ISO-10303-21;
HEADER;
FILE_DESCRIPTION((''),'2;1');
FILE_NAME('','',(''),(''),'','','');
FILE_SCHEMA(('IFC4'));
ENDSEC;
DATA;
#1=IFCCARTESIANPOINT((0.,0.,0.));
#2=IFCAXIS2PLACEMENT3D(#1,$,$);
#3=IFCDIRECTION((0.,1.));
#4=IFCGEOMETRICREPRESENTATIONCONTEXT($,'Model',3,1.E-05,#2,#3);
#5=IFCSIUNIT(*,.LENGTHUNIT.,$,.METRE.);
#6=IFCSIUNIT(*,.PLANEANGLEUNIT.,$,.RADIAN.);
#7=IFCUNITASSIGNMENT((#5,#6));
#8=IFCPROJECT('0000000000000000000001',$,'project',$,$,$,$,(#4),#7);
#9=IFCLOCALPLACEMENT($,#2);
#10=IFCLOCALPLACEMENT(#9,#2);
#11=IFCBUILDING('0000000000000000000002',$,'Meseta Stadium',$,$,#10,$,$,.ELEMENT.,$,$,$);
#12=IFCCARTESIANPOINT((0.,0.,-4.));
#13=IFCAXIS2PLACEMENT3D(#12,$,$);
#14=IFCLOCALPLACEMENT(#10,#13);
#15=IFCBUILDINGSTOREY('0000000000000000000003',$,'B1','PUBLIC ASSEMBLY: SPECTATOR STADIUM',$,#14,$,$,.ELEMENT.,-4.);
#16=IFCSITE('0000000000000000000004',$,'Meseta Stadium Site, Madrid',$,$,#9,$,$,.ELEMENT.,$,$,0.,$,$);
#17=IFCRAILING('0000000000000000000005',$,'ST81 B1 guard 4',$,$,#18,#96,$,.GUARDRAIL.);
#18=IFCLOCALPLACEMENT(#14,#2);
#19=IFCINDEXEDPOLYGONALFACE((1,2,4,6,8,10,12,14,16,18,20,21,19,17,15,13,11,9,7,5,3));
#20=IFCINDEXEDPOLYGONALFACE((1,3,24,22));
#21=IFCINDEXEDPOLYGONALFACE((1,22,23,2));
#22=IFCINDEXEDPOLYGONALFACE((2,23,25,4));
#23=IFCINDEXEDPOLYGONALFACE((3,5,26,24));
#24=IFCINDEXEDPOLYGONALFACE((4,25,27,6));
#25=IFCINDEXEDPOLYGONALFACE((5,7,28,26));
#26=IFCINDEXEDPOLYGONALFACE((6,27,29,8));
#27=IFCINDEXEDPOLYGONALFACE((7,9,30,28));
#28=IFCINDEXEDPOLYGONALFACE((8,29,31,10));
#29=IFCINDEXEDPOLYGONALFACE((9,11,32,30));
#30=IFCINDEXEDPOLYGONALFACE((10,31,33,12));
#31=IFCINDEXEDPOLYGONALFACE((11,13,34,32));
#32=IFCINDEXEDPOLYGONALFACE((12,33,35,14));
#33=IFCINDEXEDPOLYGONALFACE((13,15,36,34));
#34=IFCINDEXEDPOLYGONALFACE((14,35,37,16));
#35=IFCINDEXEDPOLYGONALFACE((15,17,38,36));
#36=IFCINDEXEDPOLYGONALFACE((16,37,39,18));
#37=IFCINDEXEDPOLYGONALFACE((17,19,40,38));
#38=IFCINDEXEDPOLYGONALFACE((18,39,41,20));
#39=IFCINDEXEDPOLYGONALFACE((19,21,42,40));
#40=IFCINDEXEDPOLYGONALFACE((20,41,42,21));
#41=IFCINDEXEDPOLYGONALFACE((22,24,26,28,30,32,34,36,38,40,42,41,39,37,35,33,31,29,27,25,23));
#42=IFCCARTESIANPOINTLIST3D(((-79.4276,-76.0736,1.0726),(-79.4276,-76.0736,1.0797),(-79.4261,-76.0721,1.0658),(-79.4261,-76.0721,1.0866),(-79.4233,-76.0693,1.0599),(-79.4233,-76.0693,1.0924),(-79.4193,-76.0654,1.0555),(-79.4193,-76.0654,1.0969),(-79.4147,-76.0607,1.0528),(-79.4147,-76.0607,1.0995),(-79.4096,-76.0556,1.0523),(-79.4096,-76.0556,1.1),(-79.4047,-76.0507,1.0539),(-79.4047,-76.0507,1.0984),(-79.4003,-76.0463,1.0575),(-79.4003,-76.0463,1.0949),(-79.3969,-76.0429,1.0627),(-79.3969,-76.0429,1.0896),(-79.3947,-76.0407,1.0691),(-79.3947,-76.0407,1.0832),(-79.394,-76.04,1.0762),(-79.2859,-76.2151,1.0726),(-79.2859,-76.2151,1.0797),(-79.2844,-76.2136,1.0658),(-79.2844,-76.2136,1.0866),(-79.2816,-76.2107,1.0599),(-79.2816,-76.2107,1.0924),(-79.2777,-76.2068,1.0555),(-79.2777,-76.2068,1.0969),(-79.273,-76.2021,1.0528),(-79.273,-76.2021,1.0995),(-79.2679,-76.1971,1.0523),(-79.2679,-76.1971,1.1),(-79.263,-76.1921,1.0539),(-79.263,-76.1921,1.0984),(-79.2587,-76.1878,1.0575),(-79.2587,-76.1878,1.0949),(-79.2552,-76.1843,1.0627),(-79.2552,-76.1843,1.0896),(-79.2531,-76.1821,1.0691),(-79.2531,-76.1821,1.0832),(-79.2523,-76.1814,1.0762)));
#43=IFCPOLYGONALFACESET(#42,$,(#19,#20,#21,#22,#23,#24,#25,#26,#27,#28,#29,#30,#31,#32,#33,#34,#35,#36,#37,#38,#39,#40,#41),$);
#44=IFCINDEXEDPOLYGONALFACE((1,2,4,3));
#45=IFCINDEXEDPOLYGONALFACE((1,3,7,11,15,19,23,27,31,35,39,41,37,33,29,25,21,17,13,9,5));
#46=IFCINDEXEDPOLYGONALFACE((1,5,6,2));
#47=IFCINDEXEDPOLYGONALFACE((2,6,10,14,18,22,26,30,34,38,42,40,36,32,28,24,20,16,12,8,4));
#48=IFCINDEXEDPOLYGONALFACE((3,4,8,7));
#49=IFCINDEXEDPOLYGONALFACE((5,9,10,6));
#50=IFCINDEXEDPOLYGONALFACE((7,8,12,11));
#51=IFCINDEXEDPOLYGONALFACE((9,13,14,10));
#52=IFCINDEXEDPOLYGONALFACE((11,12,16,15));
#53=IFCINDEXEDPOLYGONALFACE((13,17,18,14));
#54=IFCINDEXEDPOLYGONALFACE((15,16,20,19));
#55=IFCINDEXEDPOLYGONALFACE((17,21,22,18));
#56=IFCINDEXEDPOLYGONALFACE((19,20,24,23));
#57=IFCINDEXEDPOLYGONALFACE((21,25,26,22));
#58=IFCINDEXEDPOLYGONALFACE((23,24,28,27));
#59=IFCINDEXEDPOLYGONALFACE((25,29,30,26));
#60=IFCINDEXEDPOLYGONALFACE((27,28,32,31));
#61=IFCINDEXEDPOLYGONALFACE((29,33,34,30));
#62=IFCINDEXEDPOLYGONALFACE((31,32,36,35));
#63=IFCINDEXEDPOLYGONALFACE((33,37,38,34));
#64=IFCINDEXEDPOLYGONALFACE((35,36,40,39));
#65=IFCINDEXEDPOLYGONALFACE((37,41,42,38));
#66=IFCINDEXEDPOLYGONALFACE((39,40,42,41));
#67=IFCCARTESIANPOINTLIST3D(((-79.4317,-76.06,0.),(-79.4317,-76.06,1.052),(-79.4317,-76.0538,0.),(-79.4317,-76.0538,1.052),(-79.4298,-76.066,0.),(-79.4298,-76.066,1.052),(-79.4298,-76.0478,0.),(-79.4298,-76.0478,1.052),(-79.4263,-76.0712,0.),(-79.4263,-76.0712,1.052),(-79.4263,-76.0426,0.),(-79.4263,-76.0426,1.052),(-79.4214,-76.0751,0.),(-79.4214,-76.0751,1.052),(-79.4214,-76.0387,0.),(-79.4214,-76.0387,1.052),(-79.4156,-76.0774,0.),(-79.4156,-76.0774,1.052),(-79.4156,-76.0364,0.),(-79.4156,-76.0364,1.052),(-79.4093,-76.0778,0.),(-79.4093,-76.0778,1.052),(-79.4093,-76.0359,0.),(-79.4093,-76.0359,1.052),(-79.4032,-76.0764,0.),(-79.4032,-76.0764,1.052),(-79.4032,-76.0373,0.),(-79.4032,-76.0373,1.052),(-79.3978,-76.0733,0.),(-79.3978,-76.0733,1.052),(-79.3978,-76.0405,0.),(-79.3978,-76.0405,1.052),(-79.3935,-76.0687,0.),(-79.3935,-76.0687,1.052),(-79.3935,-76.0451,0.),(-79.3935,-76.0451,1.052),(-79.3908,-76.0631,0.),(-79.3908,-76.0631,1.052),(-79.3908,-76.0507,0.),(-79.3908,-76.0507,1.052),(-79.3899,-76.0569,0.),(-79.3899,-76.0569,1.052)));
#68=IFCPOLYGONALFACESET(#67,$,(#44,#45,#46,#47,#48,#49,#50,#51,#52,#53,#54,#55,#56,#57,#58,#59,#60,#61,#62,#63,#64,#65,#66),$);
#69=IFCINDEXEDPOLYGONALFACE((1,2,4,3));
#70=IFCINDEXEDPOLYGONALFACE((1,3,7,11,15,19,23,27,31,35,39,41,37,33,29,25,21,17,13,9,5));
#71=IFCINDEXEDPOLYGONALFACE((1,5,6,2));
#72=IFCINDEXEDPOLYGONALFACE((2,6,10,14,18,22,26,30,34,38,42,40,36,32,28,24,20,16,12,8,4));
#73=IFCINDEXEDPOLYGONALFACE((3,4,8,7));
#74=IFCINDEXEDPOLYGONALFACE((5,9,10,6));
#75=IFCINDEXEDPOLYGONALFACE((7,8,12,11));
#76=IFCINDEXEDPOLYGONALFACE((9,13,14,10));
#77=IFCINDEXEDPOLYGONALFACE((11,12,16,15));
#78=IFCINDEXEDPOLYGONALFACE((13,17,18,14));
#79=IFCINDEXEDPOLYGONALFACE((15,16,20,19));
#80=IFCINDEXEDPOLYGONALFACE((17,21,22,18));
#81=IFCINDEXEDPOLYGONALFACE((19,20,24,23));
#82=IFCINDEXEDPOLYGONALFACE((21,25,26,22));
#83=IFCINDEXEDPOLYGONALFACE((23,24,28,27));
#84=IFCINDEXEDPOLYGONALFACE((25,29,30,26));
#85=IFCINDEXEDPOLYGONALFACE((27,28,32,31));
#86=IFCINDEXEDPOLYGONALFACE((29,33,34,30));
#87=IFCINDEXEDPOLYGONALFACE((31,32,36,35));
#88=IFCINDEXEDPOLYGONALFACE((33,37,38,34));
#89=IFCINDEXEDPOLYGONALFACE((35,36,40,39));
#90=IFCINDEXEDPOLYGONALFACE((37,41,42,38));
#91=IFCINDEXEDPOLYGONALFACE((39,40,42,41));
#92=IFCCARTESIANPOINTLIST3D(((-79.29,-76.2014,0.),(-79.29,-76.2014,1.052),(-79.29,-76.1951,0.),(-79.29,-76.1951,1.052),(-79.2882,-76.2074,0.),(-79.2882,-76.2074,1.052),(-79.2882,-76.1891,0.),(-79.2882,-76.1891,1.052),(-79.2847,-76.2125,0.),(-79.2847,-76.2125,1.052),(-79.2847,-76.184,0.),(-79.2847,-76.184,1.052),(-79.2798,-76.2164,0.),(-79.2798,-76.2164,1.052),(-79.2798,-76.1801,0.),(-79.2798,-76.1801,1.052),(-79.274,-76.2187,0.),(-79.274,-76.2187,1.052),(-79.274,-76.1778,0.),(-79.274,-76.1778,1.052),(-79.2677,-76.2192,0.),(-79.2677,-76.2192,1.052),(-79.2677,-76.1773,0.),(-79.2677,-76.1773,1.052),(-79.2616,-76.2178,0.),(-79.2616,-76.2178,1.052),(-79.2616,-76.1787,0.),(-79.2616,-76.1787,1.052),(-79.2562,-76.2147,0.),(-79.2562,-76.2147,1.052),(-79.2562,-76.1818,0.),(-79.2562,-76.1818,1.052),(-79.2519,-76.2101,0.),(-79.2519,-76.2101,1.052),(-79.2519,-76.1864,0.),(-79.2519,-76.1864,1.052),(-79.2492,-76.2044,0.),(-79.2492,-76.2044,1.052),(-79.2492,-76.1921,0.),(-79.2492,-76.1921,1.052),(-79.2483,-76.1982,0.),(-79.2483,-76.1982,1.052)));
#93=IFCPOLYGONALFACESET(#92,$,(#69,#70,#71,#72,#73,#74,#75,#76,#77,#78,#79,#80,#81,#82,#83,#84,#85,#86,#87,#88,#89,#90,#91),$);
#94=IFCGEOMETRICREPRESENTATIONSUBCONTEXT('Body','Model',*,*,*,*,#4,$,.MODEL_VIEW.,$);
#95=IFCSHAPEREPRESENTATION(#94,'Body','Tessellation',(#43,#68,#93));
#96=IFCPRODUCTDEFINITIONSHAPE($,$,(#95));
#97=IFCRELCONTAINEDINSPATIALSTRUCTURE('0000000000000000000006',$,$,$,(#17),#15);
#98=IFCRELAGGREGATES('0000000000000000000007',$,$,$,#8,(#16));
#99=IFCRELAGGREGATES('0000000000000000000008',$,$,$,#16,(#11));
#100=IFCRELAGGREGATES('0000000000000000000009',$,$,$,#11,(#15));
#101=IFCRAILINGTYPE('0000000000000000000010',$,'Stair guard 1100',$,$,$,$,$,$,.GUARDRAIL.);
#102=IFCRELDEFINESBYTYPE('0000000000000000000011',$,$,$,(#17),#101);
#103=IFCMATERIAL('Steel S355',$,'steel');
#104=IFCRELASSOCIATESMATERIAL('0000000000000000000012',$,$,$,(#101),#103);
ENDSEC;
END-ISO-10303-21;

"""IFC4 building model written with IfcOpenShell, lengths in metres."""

from ifc_helpers import new_model, si_unit, direction, frame, origin, origin_2d, place, context, subcontext, project, spatial, circle, extrude, material, type_object, element, save


model = new_model("IFC4")

# Units and contexts
model_context = context("Model", 3, precision=1e-05, world=origin(), true_north=direction((0.0, 1.0)))
body_context = subcontext(model_context, "Body", "Model", "MODEL_VIEW")
ifc_project = project(units=[si_unit("LENGTHUNIT", "METRE"), si_unit("PLANEANGLEUNIT", "RADIAN")], contexts=[model_context])

# Site, building, storey
site_placement = place(None, origin())
site = spatial("IfcSite", under=ifc_project, at=site_placement, Name="Meseta Stadium Site, Madrid", CompositionType="ELEMENT", RefElevation=0.0)
building_placement = place(site_placement, origin())
building = spatial("IfcBuilding", under=site, at=building_placement, Name="Meseta Stadium", CompositionType="ELEMENT")
storey_placement = place(building_placement, frame((0.0, 0.0, -4.0)))
storey = spatial("IfcBuildingStorey", under=building, at=storey_placement, Name="B1", Description="PUBLIC ASSEMBLY: SPECTATOR STADIUM", CompositionType="ELEMENT", Elevation=-4.0)

# Railing
ifc_material_1 = material(Name="Steel S355", Category="steel")
railing_type_1 = type_object("IfcRailingType", Name="Stair guard 1100", PredefinedType="GUARDRAIL", material=ifc_material_1)
railing_1_placement = place(storey_placement, frame((-79.4109, -76.0569, 0.0)))
element("IfcRailing", 1, at=railing_1_placement, inside=storey, type_object=railing_type_1, Name="ST81 B1 guard 4", PredefinedType="GUARDRAIL", context=body_context, shape_type="SweptSolid", body=[
    extrude(circle(Radius=0.0239, at=origin_2d()), frame((0.0, 0.0, 1.0762), z_axis=(0.707717, -0.706496, 0.0), x_axis=(0.706496, 0.707717, 0.0)), (0.0, 0.0, 1.0), 0.2002),
    extrude(circle(Radius=0.021, at=origin_2d()), origin(), (0.0, 0.0, 1.0), 1.052),
    extrude(circle(Radius=0.021, at=origin_2d()), frame((0.1416, -0.1414, 0.0)), (0.0, 0.0, 1.0), 1.052),
])

save(model, "model.ifc")
